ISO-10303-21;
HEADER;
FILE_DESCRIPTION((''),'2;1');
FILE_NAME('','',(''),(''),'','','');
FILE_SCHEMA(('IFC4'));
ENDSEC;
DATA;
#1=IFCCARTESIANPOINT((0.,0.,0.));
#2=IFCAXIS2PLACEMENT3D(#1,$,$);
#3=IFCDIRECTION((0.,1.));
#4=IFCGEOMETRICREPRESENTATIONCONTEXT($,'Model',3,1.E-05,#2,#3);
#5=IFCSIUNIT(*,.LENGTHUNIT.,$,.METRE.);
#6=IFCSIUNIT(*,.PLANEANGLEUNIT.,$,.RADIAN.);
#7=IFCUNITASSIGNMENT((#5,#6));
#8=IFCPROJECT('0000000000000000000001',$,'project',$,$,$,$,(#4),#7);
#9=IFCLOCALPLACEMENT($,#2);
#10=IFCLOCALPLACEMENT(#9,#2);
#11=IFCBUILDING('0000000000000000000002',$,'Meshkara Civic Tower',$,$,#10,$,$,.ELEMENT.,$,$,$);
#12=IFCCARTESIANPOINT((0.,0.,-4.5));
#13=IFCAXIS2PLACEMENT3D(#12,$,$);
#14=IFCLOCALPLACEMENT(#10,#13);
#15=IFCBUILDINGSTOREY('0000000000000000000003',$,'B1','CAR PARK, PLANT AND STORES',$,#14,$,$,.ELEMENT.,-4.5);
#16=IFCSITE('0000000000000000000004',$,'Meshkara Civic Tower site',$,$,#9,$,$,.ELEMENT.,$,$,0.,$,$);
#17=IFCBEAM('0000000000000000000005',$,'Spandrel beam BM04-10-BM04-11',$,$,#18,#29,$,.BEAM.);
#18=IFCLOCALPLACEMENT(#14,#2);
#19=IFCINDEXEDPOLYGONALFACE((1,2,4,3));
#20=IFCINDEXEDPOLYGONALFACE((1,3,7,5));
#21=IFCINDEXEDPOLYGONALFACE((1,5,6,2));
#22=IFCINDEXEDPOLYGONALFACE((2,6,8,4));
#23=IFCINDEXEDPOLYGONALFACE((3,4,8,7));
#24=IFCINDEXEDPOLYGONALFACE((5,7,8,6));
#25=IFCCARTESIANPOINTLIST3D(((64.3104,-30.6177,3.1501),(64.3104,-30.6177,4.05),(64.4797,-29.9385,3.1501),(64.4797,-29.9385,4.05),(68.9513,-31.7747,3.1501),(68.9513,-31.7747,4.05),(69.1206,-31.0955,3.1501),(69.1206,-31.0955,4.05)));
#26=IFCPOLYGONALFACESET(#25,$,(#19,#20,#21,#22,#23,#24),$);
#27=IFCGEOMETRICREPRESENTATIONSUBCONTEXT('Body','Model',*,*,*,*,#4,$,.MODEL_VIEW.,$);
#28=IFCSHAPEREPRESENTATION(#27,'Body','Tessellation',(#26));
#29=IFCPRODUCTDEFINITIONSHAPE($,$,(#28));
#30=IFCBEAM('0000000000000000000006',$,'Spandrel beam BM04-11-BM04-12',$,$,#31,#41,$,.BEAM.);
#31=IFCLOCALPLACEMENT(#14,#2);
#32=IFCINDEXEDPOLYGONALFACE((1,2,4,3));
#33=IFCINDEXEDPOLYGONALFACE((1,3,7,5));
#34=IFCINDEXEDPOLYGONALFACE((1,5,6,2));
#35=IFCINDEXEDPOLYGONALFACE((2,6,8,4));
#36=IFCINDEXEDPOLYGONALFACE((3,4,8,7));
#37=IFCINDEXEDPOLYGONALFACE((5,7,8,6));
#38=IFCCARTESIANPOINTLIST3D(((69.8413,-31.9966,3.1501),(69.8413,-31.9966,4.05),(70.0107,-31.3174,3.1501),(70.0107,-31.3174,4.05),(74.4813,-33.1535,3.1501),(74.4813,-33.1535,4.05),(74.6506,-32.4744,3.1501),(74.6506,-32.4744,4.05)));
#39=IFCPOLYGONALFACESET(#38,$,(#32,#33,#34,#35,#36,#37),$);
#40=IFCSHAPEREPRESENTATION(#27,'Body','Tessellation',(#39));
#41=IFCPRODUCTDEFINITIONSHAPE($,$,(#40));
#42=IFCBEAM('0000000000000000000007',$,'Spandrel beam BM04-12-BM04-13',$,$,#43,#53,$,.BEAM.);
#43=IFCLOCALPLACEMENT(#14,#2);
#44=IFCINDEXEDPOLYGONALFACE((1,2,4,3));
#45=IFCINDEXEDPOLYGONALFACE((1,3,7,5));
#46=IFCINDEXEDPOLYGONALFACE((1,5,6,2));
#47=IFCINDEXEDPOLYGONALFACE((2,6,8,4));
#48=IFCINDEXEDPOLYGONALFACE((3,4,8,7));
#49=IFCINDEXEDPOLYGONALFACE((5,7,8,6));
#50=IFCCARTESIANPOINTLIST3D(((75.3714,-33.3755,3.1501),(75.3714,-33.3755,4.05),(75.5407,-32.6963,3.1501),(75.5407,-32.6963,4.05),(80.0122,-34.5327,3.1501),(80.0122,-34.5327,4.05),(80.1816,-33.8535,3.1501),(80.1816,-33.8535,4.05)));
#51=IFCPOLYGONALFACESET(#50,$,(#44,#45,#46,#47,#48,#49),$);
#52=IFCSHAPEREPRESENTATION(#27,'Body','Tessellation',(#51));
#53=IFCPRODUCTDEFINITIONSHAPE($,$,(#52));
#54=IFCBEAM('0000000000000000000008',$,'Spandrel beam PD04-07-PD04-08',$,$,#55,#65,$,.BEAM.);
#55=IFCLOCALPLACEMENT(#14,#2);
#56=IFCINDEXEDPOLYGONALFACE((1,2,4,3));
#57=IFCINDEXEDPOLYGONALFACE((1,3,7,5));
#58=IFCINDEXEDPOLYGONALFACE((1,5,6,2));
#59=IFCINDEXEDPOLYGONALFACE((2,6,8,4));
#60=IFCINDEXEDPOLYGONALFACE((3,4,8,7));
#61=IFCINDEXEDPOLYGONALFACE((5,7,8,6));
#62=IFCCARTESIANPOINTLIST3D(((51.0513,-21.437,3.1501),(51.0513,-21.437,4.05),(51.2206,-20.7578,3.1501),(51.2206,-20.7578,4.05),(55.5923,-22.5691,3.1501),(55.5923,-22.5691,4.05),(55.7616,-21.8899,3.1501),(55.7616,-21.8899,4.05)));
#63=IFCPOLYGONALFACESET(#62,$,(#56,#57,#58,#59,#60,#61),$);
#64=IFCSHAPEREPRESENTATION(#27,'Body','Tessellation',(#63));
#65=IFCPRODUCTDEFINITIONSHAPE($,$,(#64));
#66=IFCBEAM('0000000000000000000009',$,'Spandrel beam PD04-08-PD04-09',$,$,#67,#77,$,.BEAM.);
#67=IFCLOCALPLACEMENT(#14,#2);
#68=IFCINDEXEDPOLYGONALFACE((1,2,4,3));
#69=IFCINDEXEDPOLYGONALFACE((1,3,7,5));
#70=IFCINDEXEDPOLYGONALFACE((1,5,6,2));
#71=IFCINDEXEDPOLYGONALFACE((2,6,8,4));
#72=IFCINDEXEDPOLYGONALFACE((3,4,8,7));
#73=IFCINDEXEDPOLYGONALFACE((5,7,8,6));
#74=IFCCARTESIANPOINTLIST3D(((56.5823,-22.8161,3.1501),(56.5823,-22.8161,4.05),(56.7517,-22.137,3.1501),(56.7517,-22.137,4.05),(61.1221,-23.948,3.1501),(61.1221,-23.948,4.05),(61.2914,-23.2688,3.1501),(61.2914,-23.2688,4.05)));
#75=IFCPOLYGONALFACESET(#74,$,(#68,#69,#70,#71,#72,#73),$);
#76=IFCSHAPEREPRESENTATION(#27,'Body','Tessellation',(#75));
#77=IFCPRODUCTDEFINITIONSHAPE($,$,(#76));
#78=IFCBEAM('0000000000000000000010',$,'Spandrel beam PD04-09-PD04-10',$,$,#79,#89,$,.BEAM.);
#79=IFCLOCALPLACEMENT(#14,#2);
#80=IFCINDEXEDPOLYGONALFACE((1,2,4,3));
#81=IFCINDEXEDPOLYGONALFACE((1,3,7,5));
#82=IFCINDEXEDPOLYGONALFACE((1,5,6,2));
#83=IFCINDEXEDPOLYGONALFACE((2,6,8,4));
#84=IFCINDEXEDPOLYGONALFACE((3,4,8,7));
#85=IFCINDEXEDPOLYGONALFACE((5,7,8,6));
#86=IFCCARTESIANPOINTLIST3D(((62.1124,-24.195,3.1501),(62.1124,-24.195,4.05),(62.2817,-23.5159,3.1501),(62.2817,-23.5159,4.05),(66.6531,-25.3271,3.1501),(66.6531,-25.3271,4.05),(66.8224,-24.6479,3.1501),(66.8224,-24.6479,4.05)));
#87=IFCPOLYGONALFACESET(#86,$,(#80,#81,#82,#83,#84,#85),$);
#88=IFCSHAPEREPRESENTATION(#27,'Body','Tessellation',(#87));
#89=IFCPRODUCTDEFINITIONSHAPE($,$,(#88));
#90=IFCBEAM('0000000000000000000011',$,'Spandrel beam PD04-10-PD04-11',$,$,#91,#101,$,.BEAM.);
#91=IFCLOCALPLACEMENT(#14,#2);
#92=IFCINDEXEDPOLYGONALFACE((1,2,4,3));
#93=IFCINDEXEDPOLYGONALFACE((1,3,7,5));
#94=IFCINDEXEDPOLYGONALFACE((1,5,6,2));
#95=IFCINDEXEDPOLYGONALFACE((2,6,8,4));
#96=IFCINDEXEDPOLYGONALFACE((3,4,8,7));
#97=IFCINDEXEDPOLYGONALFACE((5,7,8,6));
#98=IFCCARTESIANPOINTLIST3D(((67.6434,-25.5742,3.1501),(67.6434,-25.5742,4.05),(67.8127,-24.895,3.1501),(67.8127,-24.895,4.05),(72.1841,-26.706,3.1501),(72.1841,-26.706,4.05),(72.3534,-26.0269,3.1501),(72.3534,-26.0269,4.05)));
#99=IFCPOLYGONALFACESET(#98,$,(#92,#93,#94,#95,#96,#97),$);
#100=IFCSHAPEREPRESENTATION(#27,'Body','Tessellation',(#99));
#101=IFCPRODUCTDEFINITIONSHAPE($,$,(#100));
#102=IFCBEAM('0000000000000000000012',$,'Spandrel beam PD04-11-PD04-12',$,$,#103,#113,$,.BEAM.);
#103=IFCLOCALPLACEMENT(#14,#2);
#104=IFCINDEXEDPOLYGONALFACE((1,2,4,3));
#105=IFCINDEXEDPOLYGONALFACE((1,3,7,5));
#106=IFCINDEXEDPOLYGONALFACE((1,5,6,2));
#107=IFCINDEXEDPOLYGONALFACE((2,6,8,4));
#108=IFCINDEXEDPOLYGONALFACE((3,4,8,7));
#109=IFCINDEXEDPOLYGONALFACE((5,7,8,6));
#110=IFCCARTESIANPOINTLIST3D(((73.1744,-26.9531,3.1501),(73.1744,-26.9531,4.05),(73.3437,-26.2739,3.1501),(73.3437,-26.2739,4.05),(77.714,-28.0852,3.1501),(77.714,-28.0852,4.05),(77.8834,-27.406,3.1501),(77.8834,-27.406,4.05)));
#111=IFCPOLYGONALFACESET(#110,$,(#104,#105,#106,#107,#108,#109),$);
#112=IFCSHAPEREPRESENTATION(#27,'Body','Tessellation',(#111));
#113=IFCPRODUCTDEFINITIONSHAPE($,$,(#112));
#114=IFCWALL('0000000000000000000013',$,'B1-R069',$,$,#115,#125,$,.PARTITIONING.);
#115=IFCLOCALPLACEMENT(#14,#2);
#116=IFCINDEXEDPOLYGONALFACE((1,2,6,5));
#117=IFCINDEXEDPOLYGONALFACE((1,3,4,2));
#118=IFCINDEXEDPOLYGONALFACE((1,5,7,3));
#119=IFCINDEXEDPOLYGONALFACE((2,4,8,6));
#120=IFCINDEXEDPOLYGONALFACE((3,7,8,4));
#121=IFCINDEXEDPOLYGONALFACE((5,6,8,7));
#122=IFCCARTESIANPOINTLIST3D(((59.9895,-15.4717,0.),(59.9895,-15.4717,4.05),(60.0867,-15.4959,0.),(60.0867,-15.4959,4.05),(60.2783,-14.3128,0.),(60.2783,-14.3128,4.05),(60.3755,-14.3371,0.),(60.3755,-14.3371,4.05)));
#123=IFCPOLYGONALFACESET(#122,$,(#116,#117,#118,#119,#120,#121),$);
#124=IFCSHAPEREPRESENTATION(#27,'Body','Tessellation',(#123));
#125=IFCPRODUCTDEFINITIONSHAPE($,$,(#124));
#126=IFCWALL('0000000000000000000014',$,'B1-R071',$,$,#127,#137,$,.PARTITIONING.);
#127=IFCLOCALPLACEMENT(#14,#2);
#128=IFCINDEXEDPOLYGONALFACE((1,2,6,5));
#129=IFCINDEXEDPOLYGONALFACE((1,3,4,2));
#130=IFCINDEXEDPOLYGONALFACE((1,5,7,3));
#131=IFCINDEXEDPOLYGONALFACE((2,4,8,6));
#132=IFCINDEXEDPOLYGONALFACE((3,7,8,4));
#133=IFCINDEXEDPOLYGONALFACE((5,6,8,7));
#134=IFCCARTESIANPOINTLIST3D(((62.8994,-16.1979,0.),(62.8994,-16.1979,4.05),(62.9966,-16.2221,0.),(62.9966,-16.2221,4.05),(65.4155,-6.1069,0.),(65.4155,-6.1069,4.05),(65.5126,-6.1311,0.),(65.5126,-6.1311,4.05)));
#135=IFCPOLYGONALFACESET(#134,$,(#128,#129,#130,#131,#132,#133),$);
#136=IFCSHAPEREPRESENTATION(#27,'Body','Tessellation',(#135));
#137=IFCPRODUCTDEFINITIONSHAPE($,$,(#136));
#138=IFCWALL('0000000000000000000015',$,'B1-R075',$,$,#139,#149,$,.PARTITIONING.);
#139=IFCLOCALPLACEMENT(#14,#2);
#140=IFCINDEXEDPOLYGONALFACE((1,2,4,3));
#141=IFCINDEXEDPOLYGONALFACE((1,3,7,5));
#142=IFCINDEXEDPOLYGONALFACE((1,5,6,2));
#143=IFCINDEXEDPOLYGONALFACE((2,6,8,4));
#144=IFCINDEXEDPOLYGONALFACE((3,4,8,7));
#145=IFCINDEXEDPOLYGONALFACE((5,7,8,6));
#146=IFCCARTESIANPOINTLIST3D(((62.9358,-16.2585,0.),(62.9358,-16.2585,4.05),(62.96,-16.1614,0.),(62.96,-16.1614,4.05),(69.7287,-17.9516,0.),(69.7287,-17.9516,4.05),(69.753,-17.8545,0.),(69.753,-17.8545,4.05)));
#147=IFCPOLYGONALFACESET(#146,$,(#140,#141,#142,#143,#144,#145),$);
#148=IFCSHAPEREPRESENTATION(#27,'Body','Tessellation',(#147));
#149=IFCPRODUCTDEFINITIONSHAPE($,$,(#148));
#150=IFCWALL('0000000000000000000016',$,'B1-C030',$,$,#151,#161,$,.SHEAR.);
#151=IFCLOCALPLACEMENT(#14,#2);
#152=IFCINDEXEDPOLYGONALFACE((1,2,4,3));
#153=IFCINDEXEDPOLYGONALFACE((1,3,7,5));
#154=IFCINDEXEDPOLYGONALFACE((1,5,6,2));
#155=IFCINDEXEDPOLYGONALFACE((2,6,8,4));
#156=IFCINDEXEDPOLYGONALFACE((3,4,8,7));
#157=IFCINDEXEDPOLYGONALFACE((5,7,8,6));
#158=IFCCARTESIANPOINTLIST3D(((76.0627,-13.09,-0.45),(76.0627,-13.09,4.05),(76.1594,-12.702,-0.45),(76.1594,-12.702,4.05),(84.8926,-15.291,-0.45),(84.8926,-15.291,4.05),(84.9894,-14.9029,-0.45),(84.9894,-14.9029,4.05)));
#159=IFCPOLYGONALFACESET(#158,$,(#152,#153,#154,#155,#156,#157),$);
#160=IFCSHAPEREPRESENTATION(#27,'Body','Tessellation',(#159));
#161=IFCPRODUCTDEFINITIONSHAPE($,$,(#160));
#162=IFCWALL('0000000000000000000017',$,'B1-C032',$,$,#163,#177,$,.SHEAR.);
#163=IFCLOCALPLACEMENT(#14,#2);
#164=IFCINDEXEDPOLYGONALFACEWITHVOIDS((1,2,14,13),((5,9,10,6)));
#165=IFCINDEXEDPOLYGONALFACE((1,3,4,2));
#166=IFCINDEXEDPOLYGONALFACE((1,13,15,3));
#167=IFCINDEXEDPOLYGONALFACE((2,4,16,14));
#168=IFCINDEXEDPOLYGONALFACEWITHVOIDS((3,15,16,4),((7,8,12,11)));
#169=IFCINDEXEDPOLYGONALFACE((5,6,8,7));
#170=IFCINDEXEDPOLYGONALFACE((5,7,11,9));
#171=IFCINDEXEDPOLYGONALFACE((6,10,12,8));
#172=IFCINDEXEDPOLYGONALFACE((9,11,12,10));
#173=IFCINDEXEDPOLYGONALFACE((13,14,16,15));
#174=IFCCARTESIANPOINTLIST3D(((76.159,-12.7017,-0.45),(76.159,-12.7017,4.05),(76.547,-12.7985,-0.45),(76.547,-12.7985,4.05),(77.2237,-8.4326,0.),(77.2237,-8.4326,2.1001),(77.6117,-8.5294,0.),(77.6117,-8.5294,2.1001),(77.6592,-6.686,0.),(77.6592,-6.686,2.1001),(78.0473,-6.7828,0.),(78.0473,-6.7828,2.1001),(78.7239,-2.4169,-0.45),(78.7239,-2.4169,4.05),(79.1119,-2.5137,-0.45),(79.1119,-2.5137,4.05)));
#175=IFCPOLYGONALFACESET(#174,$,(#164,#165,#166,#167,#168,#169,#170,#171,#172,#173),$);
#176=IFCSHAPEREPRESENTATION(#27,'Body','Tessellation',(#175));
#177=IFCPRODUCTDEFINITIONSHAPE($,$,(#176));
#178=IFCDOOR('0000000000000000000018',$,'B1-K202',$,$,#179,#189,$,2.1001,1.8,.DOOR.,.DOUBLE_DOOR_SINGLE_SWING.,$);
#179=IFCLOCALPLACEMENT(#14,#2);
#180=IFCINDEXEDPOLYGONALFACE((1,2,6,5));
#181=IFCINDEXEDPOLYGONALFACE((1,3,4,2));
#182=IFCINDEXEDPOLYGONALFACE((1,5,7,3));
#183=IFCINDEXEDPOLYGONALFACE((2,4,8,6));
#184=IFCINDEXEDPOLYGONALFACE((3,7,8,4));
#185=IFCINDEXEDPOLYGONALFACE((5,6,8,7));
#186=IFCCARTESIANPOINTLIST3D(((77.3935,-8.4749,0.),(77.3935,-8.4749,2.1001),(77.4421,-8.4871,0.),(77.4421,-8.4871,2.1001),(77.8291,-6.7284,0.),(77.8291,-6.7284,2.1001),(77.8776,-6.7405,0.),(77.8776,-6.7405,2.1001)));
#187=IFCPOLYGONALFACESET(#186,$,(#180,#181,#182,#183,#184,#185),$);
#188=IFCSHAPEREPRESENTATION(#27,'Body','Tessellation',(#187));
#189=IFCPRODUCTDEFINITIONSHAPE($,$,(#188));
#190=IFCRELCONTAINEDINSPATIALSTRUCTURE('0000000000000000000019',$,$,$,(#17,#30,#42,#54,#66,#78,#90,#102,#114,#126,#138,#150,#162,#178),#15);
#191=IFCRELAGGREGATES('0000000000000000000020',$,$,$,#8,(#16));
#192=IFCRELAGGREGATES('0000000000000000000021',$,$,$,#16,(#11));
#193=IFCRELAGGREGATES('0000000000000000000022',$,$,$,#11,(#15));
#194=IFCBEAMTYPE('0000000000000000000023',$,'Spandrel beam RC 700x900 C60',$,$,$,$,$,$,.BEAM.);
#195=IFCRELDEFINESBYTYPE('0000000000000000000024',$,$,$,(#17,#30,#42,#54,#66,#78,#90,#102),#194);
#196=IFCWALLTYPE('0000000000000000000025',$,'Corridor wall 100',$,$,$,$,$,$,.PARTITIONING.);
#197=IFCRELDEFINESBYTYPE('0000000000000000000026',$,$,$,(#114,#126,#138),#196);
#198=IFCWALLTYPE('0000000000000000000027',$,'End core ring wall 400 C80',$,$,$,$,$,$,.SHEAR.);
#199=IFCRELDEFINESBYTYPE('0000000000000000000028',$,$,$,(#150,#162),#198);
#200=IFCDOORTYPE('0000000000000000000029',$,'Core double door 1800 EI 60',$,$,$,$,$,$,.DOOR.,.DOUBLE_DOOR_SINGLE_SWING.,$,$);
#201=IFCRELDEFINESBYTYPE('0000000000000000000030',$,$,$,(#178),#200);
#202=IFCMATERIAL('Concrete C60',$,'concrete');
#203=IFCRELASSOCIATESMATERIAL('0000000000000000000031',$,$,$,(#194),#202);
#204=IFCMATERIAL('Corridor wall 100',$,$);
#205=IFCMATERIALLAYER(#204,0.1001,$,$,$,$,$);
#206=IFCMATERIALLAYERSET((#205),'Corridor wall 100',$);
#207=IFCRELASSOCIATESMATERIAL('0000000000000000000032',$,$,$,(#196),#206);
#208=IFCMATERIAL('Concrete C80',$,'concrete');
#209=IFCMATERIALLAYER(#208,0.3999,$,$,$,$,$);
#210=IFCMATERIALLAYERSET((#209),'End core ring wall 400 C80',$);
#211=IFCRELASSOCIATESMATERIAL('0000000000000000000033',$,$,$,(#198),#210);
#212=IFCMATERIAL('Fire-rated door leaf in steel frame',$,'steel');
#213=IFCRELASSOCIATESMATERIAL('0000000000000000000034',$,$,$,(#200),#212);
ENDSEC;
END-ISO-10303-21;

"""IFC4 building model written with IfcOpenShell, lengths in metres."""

from ifc_helpers import new_model, si_unit, direction, frame, frame_2d, origin, origin_2d, place, context, subcontext, project, spatial, rectangle, extrude, material, layer, layer_set, material_profile, profile_set, type_object, element, fill, save


model = new_model("IFC4")

# Units and contexts
model_context = context("Model", 3, precision=1e-05, world=origin(), true_north=direction((0.0, 1.0)))
body_context = subcontext(model_context, "Body", "Model", "MODEL_VIEW")
ifc_project = project(units=[si_unit("LENGTHUNIT", "METRE"), si_unit("PLANEANGLEUNIT", "RADIAN")], contexts=[model_context])

# Site, building, storey
site_placement = place(None, origin())
site = spatial("IfcSite", under=ifc_project, at=site_placement, Name="Meshkara Civic Tower site", CompositionType="ELEMENT", RefElevation=0.0)
building_placement = place(site_placement, origin())
building = spatial("IfcBuilding", under=site, at=building_placement, Name="Meshkara Civic Tower", CompositionType="ELEMENT")
storey_placement = place(building_placement, frame((0.0, 0.0, -4.5)))
storey = spatial("IfcBuildingStorey", under=building, at=storey_placement, Name="B1", Description="CAR PARK, PLANT AND STORES", CompositionType="ELEMENT", Elevation=-4.5)

# Beams
ifc_material_1 = material(Name="Concrete C60", Category="concrete")
ifc_material_profile_1 = material_profile(ifc_material_1, rectangle(XDim=0.7, YDim=0.8999, at=origin_2d()))
ifc_profile_set_1 = profile_set([ifc_material_profile_1], Name="Concrete C60")
beam_type = type_object("IfcBeamType", Name="Spandrel beam RC 700x900 C60", PredefinedType="BEAM", material=ifc_profile_set_1)
for number, where, z_axis, x_axis, name in (
    (1, (64.395, -30.2781, 3.6001), (0.970301, -0.241899, 0.0), (0.241899, 0.970301, 0.0), "Spandrel beam BM04-10-BM04-11"),
):
    element("IfcBeam", number, at=place(storey_placement, frame(where, z_axis=z_axis, x_axis=x_axis)), inside=storey, type_object=beam_type, Name=name, PredefinedType="BEAM", context=body_context, shape_type="SweptSolid", body=[
        extrude(rectangle(XDim=0.7, YDim=0.8999, at=origin_2d()), origin(), (0.0, 0.0, 1.0), 4.783),
    ])
beam_1_placement = place(storey_placement, frame((69.926, -31.657, 3.6001), z_axis=(0.970289, -0.241947, 0.0), x_axis=(0.241947, 0.970289, 0.0)))
element("IfcBeam", 2, at=beam_1_placement, inside=storey, type_object=beam_type, Name="Spandrel beam BM04-11-BM04-12", PredefinedType="BEAM", context=body_context, shape_type="SweptSolid", body=[
    extrude(rectangle(XDim=0.7, YDim=0.8999, at=origin_2d()), origin(), (0.0, 0.0, 1.0), 4.782),
])
beam_2_placement = place(storey_placement, frame((75.4561, -33.0359, 3.6001), z_axis=(0.970289, -0.241947, 0.0), x_axis=(0.241947, 0.970289, 0.0)))
element("IfcBeam", 3, at=beam_2_placement, inside=storey, type_object=beam_type, Name="Spandrel beam BM04-12-BM04-13", PredefinedType="BEAM", context=body_context, shape_type="SweptSolid", body=[
    extrude(rectangle(XDim=0.7, YDim=0.8999, at=origin_2d()), origin(), (0.0, 0.0, 1.0), 4.783),
])
beam_3_placement = place(storey_placement, frame((51.136, -21.0974, 3.6001), z_axis=(0.970302, -0.241897, 0.0), x_axis=(0.241897, 0.970302, 0.0)))
element("IfcBeam", 4, at=beam_3_placement, inside=storey, type_object=beam_type, Name="Spandrel beam PD04-07-PD04-08", PredefinedType="BEAM", context=body_context, shape_type="SweptSolid", body=[
    extrude(rectangle(XDim=0.7, YDim=0.8999, at=origin_2d()), origin(), (0.0, 0.0, 1.0), 4.6799),
])
beam_4_placement = place(storey_placement, frame((56.667, -22.4766, 3.6001), z_axis=(0.970299, -0.241909, 0.0), x_axis=(0.241909, 0.970299, 0.0)))
element("IfcBeam", 5, at=beam_4_placement, inside=storey, type_object=beam_type, Name="Spandrel beam PD04-08-PD04-09", PredefinedType="BEAM", context=body_context, shape_type="SweptSolid", body=[
    extrude(rectangle(XDim=0.7, YDim=0.8999, at=origin_2d()), origin(), (0.0, 0.0, 1.0), 4.6787),
])
for number, where, z_axis, x_axis, name in (
    (6, (62.197, -23.8555, 3.6001), (0.970299, -0.24191, 0.0), (0.24191, 0.970299, 0.0), "Spandrel beam PD04-09-PD04-10"),
    (7, (67.728, -25.2346, 3.6001), (0.970311, -0.24186, 0.0), (0.24186, 0.970311, 0.0), "Spandrel beam PD04-10-PD04-11"),
):
    element("IfcBeam", number, at=place(storey_placement, frame(where, z_axis=z_axis, x_axis=x_axis)), inside=storey, type_object=beam_type, Name=name, PredefinedType="BEAM", context=body_context, shape_type="SweptSolid", body=[
        extrude(rectangle(XDim=0.7, YDim=0.8999, at=origin_2d()), origin(), (0.0, 0.0, 1.0), 4.6797),
    ])
beam_5_placement = place(storey_placement, frame((73.259, -26.6135, 3.6001), z_axis=(0.970287, -0.241959, 0.0), x_axis=(0.241959, 0.970287, 0.0)))
element("IfcBeam", 8, at=beam_5_placement, inside=storey, type_object=beam_type, Name="Spandrel beam PD04-11-PD04-12", PredefinedType="BEAM", context=body_context, shape_type="SweptSolid", body=[
    extrude(rectangle(XDim=0.7, YDim=0.8999, at=origin_2d()), origin(), (0.0, 0.0, 1.0), 4.6787),
])

# Walls
ifc_material_2 = material(Name="Corridor wall 100")
ifc_layer_1 = layer(ifc_material_2, 0.1001)
ifc_layer_set_1 = layer_set([ifc_layer_1], Name="Corridor wall 100")
wall_type_1 = type_object("IfcWallType", Name="Corridor wall 100", PredefinedType="PARTITIONING", material=ifc_layer_set_1)
wall_1_placement = place(storey_placement, frame((60.3269, -14.325, 0.0), z_axis=(0.0, 0.0, 1.0), x_axis=(-0.241814, -0.970323, 0.0)))
element("IfcWall", 9, at=wall_1_placement, inside=storey, type_object=wall_type_1, Name="B1-R069", PredefinedType="PARTITIONING", context=body_context, shape_type="SweptSolid", body=[
    extrude(rectangle(XDim=1.1943, YDim=0.1001, at=frame_2d((0.5972, 0.0))), origin(), (0.0, 0.0, 1.0), 4.05),
])
wall_2_placement = place(storey_placement, frame((62.948, -16.21, 0.0), z_axis=(0.0, 0.0, 1.0), x_axis=(0.241934, 0.970293, 0.0)))
element("IfcWall", 10, at=wall_2_placement, inside=storey, type_object=wall_type_1, Name="B1-R071", PredefinedType="PARTITIONING", context=body_context, shape_type="SweptSolid", body=[
    extrude(rectangle(XDim=10.3999, YDim=0.1001, at=frame_2d((5.2, 0.0))), origin(), (0.0, 0.0, 1.0), 4.05),
])
wall_3_placement = place(storey_placement, frame((69.741, -17.9031, 0.0), z_axis=(0.0, 0.0, 1.0), x_axis=(-0.970315, 0.241846, 0.0)))
element("IfcWall", 11, at=wall_3_placement, inside=storey, type_object=wall_type_1, Name="B1-R075", PredefinedType="PARTITIONING", context=body_context, shape_type="SweptSolid", body=[
    extrude(rectangle(XDim=7.0007, YDim=0.1001, at=frame_2d((3.5005, 0.0))), origin(), (0.0, 0.0, 1.0), 4.05),
])
ifc_material_3 = material(Name="Concrete C80", Category="concrete")
ifc_layer_2 = layer(ifc_material_3, 0.3999)
ifc_layer_set_2 = layer_set([ifc_layer_2], Name="End core ring wall 400 C80")
wall_type_2 = type_object("IfcWallType", Name="End core ring wall 400 C80", PredefinedType="SHEAR", material=ifc_layer_set_2)
wall_4_placement = place(storey_placement, frame((76.1111, -12.896, -0.45), z_axis=(0.0, 0.0, 1.0), x_axis=(0.970311, -0.24186, 0.0)))
element("IfcWall", 12, at=wall_4_placement, inside=storey, type_object=wall_type_2, Name="B1-C030", PredefinedType="SHEAR", context=body_context, shape_type="SweptSolid", body=[
    extrude(rectangle(XDim=9.1001, YDim=0.3999, at=frame_2d((4.55, 0.0))), origin(), (0.0, 0.0, 1.0), 4.5),
])

# Wall, opening, door
wall_5_placement = place(storey_placement, frame((76.353, -12.75, -0.45), z_axis=(0.0, 0.0, 1.0), x_axis=(0.241977, 0.970282, 0.0)))
wall_5 = element("IfcWall", 13, at=wall_5_placement, inside=storey, type_object=wall_type_2, Name="B1-C032", PredefinedType="SHEAR", context=body_context, shape_type="SweptSolid", body=[
    extrude(rectangle(XDim=10.5999, YDim=0.3999, at=frame_2d((5.2998, 0.0))), origin(), (0.0, 0.0, 1.0), 4.5),
])
opening_1_placement = place(wall_5_placement, frame((4.3999, 0.0, 0.45)))
opening_1 = element("IfcOpeningElement", 14, at=opening_1_placement, cuts=wall_5, PredefinedType="OPENING", context=body_context, shape_type="SweptSolid", body=[
    extrude(rectangle(XDim=1.8, YDim=2.1001, at=frame_2d((0.8999, 1.05))), frame((0.0, 0.21, 0.0), z_axis=(0.0, -1.0, 0.0), x_axis=(1.0, 0.0, 0.0)), (0.0, 0.0, 1.0), 0.4199),
])
ifc_material_4 = material(Name="Fire-rated door leaf in steel frame", Category="steel")
door_type_1 = type_object("IfcDoorType", Name="Core double door 1800 EI 60", OperationType="DOUBLE_DOOR_SINGLE_SWING", PredefinedType="DOOR", material=ifc_material_4)
door_1_placement = place(opening_1_placement, origin())
door_1 = element("IfcDoor", 15, at=door_1_placement, inside=storey, type_object=door_type_1, Name="B1-K202", OperationType="DOUBLE_DOOR_SINGLE_SWING", OverallHeight=2.1001, OverallWidth=1.8, PredefinedType="DOOR", context=body_context, shape_type="SweptSolid", body=[
    extrude(rectangle(XDim=1.8, YDim=2.1001, at=frame_2d((0.8999, 1.05))), frame((0.0, 0.0249, 0.0), z_axis=(0.0, -1.0, 0.0), x_axis=(1.0, 0.0, 0.0)), (0.0, 0.0, 1.0), 0.05),
])
fill(opening_1, door_1)

save(model, "model.ifc")
